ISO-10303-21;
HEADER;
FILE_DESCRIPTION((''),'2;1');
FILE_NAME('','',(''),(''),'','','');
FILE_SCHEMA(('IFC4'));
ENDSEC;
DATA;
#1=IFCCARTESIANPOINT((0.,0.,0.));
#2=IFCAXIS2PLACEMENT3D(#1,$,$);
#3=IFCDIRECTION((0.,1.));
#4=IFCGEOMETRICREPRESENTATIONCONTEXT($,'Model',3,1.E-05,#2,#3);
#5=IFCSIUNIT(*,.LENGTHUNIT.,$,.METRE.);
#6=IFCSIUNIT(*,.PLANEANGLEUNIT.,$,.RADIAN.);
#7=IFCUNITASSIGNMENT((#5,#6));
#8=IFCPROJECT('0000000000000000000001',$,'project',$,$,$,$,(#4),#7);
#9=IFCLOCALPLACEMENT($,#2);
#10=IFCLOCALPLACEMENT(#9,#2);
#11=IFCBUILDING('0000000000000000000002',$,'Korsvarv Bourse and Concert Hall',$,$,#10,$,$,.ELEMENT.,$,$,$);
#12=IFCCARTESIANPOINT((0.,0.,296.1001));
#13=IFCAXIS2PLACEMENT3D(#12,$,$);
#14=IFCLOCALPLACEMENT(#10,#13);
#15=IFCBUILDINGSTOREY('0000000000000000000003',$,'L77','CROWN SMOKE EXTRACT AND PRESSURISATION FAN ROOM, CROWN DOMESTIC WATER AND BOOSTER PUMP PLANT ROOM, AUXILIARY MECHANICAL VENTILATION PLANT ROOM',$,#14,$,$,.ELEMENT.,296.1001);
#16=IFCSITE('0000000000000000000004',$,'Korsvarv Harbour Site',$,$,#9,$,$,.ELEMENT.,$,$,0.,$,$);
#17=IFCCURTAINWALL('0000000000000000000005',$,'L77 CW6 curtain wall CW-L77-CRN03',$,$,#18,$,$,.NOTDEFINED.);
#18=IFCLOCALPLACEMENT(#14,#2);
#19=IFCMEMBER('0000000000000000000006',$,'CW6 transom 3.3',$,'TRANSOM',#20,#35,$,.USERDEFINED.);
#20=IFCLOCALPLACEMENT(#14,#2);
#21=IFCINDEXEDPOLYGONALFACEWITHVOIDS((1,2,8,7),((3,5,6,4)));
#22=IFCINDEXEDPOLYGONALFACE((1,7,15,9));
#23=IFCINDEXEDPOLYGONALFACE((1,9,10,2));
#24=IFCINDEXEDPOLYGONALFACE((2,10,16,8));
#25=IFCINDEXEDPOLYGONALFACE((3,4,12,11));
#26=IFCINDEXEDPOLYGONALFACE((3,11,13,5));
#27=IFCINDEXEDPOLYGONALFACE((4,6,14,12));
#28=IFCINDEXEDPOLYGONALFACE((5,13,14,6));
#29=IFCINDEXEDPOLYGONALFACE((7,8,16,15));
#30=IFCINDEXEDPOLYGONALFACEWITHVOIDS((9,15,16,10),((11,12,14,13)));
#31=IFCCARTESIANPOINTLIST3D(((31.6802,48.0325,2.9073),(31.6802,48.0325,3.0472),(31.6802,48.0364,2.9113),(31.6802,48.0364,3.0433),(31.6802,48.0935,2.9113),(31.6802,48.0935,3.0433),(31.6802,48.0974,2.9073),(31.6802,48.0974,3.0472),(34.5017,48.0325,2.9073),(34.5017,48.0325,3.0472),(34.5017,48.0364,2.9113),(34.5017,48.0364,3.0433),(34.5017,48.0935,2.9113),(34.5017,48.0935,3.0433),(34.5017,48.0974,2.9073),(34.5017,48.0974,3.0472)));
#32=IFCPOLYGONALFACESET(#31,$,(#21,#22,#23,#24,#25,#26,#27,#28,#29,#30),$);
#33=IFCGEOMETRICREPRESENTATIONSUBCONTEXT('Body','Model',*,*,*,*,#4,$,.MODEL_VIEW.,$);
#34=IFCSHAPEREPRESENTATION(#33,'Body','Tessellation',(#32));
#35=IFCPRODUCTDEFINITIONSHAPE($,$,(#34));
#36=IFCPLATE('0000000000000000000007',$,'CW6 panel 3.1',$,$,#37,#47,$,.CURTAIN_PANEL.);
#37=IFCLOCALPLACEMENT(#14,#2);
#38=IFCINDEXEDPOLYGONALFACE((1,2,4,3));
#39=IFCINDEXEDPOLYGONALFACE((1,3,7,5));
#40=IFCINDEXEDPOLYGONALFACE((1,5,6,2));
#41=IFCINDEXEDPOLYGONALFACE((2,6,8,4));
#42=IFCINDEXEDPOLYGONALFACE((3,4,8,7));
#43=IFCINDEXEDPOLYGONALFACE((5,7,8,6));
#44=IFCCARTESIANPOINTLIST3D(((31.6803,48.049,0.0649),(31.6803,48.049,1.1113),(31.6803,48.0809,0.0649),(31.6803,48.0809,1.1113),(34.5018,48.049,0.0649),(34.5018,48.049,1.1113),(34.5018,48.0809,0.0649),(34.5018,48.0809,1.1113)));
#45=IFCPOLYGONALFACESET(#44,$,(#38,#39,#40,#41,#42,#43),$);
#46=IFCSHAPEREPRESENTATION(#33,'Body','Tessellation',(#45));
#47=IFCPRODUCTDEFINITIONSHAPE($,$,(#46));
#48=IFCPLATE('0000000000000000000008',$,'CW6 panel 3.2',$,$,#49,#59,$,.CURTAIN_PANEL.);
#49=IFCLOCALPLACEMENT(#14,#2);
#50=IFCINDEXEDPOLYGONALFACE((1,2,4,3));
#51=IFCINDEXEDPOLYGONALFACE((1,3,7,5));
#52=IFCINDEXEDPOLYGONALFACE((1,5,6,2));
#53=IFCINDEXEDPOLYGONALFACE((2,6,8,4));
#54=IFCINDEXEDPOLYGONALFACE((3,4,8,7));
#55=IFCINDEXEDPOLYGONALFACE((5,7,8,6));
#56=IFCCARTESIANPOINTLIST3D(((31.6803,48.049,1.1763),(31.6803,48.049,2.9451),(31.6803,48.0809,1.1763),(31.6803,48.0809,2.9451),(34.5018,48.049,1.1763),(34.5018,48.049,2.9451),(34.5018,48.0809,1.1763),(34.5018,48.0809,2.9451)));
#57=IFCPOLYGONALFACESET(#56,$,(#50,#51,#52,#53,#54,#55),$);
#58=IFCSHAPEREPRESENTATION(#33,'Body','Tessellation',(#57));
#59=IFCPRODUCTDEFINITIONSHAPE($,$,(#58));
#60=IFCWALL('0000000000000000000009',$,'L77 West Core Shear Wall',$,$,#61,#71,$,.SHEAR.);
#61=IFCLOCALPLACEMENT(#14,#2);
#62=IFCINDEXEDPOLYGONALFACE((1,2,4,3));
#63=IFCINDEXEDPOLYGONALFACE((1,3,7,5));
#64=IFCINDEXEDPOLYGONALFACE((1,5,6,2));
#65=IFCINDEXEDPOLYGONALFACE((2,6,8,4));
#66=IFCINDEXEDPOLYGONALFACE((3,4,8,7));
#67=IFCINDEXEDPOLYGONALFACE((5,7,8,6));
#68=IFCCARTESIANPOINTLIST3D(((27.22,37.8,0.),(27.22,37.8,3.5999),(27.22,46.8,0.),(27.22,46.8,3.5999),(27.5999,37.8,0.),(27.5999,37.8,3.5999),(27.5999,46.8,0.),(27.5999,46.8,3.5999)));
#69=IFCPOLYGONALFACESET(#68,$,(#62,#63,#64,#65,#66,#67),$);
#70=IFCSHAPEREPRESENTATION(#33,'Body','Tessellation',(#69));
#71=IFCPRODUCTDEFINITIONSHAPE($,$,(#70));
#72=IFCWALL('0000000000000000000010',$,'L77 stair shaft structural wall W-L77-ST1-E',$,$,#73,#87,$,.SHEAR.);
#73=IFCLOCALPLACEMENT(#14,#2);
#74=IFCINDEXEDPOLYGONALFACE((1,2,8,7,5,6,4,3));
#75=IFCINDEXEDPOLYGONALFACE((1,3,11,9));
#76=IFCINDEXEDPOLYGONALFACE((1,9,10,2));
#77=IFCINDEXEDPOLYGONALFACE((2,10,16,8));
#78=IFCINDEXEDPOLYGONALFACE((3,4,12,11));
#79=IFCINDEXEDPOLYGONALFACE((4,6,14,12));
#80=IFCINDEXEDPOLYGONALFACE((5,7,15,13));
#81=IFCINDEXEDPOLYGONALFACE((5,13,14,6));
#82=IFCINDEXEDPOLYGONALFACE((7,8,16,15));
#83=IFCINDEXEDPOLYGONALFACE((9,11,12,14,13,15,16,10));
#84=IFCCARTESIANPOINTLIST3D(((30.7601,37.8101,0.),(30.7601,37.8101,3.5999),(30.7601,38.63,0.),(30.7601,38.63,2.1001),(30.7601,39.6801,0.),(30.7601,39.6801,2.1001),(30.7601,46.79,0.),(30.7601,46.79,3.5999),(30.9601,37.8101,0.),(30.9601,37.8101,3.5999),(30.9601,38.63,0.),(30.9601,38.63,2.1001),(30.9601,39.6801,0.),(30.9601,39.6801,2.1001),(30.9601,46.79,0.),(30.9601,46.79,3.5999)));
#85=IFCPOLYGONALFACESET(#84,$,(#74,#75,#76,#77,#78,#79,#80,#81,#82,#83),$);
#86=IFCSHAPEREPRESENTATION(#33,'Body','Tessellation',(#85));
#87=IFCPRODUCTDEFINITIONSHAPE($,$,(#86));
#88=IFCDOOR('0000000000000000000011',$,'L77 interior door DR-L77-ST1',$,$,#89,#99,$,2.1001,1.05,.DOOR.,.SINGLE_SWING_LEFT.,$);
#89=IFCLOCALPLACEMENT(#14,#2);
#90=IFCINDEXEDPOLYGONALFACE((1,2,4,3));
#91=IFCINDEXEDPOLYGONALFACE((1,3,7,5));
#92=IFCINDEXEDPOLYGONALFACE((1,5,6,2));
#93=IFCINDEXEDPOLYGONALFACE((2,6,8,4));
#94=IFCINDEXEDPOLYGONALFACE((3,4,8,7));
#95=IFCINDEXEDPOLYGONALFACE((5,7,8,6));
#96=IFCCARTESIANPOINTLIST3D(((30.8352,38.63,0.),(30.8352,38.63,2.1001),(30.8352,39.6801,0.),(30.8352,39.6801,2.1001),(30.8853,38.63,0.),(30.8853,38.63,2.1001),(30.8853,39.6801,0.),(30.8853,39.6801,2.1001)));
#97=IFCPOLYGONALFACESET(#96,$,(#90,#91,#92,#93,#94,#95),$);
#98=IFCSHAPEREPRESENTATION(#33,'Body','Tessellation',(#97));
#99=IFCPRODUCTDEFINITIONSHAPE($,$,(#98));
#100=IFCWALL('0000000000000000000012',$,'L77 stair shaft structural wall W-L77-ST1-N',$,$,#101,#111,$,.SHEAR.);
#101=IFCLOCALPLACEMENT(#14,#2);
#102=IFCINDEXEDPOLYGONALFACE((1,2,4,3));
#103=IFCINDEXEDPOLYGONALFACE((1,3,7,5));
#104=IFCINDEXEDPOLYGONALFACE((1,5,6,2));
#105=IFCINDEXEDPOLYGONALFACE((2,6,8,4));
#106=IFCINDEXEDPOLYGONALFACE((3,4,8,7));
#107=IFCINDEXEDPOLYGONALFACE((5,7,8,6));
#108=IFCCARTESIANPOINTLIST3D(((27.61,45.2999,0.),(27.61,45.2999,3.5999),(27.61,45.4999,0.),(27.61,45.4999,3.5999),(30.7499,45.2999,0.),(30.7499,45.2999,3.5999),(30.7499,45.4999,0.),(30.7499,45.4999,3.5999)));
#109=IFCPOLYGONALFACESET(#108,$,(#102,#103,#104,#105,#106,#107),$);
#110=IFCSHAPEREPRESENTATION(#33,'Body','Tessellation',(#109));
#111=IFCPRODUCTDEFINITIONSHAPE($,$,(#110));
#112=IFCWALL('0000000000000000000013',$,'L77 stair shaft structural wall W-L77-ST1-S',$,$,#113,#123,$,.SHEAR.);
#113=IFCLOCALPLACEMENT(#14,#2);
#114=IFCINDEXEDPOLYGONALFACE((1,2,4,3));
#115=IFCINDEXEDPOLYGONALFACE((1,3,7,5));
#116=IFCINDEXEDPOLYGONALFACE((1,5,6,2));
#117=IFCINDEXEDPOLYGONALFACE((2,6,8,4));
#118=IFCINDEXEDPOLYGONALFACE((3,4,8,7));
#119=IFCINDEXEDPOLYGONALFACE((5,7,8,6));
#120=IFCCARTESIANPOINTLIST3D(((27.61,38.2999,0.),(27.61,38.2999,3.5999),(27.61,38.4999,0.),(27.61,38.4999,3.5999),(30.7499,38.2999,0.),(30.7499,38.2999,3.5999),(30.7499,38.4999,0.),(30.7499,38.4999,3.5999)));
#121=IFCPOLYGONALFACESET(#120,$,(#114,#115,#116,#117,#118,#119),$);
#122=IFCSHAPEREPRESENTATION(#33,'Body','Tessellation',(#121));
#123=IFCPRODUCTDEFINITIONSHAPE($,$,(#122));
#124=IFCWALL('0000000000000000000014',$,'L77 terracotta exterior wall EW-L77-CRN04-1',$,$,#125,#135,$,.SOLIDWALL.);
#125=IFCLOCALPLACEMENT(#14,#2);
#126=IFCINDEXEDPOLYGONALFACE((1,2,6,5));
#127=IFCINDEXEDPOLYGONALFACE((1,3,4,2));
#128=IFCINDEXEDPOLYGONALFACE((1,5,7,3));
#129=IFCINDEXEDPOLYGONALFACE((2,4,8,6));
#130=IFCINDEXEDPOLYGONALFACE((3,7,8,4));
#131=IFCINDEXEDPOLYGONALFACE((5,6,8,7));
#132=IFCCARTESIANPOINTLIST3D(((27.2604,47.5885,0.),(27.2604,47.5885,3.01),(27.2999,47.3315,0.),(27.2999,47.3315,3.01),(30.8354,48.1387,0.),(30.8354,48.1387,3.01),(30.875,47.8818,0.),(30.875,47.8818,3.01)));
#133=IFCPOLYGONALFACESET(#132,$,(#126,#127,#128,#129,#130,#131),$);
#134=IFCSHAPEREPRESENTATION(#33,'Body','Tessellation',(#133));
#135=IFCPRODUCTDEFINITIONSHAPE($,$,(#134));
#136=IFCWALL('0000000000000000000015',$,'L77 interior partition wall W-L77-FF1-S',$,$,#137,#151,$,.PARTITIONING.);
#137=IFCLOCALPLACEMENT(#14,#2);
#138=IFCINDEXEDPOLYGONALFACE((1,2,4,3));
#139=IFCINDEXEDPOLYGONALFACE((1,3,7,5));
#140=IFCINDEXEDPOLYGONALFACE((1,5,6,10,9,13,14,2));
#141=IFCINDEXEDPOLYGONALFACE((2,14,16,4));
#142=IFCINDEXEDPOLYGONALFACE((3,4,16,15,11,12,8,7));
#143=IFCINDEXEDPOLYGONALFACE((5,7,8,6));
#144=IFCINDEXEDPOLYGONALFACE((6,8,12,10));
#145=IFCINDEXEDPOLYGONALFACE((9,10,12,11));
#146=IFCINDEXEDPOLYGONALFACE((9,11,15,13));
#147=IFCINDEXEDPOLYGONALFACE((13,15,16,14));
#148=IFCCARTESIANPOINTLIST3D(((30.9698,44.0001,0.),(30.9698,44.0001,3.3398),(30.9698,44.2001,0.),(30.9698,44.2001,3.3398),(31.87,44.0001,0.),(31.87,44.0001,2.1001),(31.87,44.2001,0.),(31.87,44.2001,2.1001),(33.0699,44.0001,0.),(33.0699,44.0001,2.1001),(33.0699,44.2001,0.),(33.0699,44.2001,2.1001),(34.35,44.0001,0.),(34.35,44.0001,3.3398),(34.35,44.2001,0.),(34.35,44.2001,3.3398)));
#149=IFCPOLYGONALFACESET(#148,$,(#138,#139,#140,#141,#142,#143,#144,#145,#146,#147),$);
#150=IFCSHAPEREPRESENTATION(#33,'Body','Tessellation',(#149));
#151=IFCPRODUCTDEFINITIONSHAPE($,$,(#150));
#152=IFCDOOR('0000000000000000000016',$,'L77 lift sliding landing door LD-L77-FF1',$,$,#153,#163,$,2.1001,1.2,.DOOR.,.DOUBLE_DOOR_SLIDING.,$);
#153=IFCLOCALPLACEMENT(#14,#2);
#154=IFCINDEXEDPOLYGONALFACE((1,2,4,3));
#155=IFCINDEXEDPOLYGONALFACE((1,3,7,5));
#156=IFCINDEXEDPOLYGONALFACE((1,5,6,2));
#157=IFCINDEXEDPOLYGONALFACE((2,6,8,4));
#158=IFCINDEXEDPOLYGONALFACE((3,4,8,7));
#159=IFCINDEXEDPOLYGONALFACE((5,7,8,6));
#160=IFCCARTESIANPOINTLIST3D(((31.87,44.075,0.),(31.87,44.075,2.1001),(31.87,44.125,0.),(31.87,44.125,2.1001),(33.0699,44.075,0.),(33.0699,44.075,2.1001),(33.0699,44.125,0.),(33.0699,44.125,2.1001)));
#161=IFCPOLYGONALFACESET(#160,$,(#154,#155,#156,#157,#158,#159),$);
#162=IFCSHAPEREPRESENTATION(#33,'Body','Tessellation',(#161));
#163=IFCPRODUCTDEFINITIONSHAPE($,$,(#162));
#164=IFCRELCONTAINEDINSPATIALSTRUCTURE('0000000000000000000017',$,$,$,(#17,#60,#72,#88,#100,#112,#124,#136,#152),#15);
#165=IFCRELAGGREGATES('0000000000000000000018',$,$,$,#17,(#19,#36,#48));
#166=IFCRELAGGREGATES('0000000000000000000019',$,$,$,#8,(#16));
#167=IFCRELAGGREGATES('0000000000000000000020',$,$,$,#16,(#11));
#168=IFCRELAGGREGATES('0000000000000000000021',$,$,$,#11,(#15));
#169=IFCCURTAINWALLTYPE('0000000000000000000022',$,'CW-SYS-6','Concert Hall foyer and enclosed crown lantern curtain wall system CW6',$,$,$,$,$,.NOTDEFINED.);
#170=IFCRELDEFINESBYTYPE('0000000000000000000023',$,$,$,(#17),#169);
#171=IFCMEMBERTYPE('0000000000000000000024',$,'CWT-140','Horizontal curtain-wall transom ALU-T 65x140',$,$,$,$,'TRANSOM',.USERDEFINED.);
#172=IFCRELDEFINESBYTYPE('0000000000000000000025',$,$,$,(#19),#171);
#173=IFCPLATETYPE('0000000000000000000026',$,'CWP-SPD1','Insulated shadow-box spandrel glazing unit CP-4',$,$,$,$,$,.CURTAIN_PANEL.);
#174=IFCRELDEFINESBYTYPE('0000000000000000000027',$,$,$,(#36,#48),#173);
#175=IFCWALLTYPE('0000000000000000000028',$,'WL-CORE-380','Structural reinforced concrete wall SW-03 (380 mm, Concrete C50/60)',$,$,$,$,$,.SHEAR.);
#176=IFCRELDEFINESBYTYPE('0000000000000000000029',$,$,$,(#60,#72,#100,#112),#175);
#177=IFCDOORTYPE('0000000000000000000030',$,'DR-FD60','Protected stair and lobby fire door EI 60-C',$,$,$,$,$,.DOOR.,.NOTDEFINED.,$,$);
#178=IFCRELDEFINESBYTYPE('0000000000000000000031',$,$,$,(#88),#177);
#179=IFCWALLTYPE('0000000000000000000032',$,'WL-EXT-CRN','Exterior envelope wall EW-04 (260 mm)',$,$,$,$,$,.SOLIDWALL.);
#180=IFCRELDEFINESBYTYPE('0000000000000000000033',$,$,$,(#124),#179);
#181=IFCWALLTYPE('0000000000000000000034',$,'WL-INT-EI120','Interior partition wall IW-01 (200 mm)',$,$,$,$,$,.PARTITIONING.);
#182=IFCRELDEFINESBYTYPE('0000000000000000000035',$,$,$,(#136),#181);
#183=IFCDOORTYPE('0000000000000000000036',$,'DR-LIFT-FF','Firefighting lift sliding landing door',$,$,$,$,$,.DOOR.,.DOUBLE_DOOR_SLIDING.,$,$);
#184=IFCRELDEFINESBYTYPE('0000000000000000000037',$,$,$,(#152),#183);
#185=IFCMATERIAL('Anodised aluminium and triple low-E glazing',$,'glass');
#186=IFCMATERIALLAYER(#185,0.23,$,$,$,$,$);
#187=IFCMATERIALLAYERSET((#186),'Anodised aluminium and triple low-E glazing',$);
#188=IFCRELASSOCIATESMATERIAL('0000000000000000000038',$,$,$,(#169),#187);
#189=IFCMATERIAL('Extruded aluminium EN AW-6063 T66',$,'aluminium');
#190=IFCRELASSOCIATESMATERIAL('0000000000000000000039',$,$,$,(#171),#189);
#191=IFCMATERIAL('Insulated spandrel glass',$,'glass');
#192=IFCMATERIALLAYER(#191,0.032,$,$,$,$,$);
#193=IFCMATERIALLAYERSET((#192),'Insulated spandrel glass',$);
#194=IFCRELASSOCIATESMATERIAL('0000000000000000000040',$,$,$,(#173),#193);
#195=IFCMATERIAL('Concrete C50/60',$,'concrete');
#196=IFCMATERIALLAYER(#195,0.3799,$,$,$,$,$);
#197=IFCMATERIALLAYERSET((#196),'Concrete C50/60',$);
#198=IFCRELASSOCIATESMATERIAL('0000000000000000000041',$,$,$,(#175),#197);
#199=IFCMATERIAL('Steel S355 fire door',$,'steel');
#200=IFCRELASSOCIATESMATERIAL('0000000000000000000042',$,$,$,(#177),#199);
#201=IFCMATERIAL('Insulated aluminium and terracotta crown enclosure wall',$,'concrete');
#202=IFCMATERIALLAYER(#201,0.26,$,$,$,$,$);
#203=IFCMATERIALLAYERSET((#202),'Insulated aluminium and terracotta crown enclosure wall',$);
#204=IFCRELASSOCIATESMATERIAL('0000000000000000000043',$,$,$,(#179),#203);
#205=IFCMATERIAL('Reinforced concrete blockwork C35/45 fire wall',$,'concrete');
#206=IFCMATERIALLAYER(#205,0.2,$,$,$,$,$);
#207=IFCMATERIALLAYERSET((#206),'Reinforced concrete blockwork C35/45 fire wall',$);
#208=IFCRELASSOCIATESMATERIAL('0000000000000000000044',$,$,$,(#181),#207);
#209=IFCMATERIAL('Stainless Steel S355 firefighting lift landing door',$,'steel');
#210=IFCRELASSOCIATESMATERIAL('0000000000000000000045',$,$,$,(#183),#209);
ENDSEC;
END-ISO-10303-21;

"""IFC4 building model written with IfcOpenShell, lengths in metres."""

from ifc_helpers import new_model, si_unit, direction, frame, frame_2d, origin, origin_2d, place, context, subcontext, project, spatial, rectangle, hollow_rectangle, extrude, source, transform, mapped, material, layer, layer_set, material_profile, profile_set, type_object, element, fill, aggregate, save


model = new_model("IFC4")

# Units and contexts
model_context = context("Model", 3, precision=1e-05, world=origin(), true_north=direction((0.0, 1.0)))
body_context = subcontext(model_context, "Body", "Model", "MODEL_VIEW")
ifc_project = project(units=[si_unit("LENGTHUNIT", "METRE"), si_unit("PLANEANGLEUNIT", "RADIAN")], contexts=[model_context])

# Site, building, storey
site_placement = place(None, origin())
site = spatial("IfcSite", under=ifc_project, at=site_placement, Name="Korsvarv Harbour Site", CompositionType="ELEMENT", RefElevation=0.0)
building_placement = place(site_placement, origin())
building = spatial("IfcBuilding", under=site, at=building_placement, Name="Korsvarv Bourse and Concert Hall", CompositionType="ELEMENT")
storey_placement = place(building_placement, frame((0.0, 0.0, 296.1001)))
storey = spatial("IfcBuildingStorey", under=building, at=storey_placement, Name="L77", Description="CROWN SMOKE EXTRACT AND PRESSURISATION FAN ROOM, CROWN DOMESTIC WATER AND BOOSTER PUMP PLANT ROOM, AUXILIARY MECHANICAL VENTILATION PLANT ROOM", CompositionType="ELEMENT", Elevation=296.1001)

# Shared definitions
ifc_material_1 = material(Name="Concrete C50/60", Category="concrete")

# Curtain wall, member, plates
ifc_material_2 = material(Name="Anodised aluminium and triple low-E glazing", Category="glass")
ifc_layer_1 = layer(ifc_material_2, 0.23)
ifc_layer_set_1 = layer_set([ifc_layer_1], Name="Anodised aluminium and triple low-E glazing")
curtain_wall_type = type_object("IfcCurtainWallType", Name="CW-SYS-6", Description="Concert Hall foyer and enclosed crown lantern curtain wall system CW6", PredefinedType="NOTDEFINED", material=ifc_layer_set_1)
curtain_wall_placement = place(storey_placement, origin())
curtain_wall = element("IfcCurtainWall", 1, at=curtain_wall_placement, inside=storey, type_object=curtain_wall_type, Name="L77 CW6 curtain wall CW-L77-CRN03", PredefinedType="NOTDEFINED")
ifc_material_3 = material(Name="Extruded aluminium EN AW-6063 T66", Category="aluminium")
ifc_material_profile_1 = material_profile(ifc_material_3, hollow_rectangle(XDim=0.0649, YDim=0.1399, WallThickness=0.0039, at=origin_2d()), Name="ALU-T 65x140")
ifc_profile_set_1 = profile_set([ifc_material_profile_1], Name="Extruded aluminium EN AW-6063 T66")
member_type_1 = type_object("IfcMemberType", Name="CWT-140", Description="Horizontal curtain-wall transom ALU-T 65x140", ElementType="TRANSOM", PredefinedType="USERDEFINED", material=ifc_profile_set_1)
shared_shape_1 = source(origin(), body_context, "Body", "SweptSolid", [
    extrude(hollow_rectangle(XDim=0.0649, YDim=0.1399, WallThickness=0.0039, at=origin_2d()), origin(), (0.0, 0.0, 1.0), 2.8215),
])
member_1_placement = place(storey_placement, frame((34.5017, 48.0649, 2.9773), z_axis=(-1.0, 0.0, 0.0), x_axis=(0.0, -1.0, 0.0)))
member_1 = element("IfcMember", 2, at=member_1_placement, type_object=member_type_1, Name="CW6 transom 3.3", ObjectType="TRANSOM", PredefinedType="USERDEFINED", context=body_context, shape_type="MappedRepresentation", body=[
    mapped(shared_shape_1, transform((0.0, 0.0, 0.0), scale=1.0)),
])
ifc_material_4 = material(Name="Insulated spandrel glass", Category="glass")
ifc_layer_2 = layer(ifc_material_4, 0.032)
ifc_layer_set_2 = layer_set([ifc_layer_2], Name="Insulated spandrel glass")
plate_type = type_object("IfcPlateType", Name="CWP-SPD1", Description="Insulated shadow-box spandrel glazing unit CP-4", PredefinedType="CURTAIN_PANEL", material=ifc_layer_set_2)
shared_shape_2 = source(origin(), body_context, "Body", "SweptSolid", [
    extrude(rectangle(XDim=2.8215, YDim=0.032, at=origin_2d()), origin(), (0.0, 0.0, 1.0), 1.0464),
])
plate_1_placement = place(storey_placement, frame((33.0911, 48.0649, 0.0649), z_axis=(0.0, 0.0, 1.0), x_axis=(-1.0, 0.0, 0.0)))
plate_1 = element("IfcPlate", 3, at=plate_1_placement, type_object=plate_type, Name="CW6 panel 3.1", PredefinedType="CURTAIN_PANEL", context=body_context, shape_type="MappedRepresentation", body=[
    mapped(shared_shape_2, transform((0.0, 0.0, 0.0), scale=1.0)),
])
shared_shape_3 = source(origin(), body_context, "Body", "SweptSolid", [
    extrude(rectangle(XDim=2.8215, YDim=0.032, at=origin_2d()), origin(), (0.0, 0.0, 1.0), 1.7688),
])
plate_2_placement = place(storey_placement, frame((33.0911, 48.0649, 1.1763), z_axis=(0.0, 0.0, 1.0), x_axis=(-1.0, 0.0, 0.0)))
plate_2 = element("IfcPlate", 4, at=plate_2_placement, type_object=plate_type, Name="CW6 panel 3.2", PredefinedType="CURTAIN_PANEL", context=body_context, shape_type="MappedRepresentation", body=[
    mapped(shared_shape_3, transform((0.0, 0.0, 0.0), scale=1.0)),
])
aggregate(curtain_wall, [member_1, plate_1, plate_2])

# Wall
ifc_layer_3 = layer(ifc_material_1, 0.3799)
ifc_layer_set_3 = layer_set([ifc_layer_3], Name="Concrete C50/60")
wall_type_1 = type_object("IfcWallType", Name="WL-CORE-380", Description="Structural reinforced concrete wall SW-03 (380 mm, Concrete C50/60)", PredefinedType="SHEAR", material=ifc_layer_set_3)
wall_1_placement = place(storey_placement, frame((27.4099, 37.8, 0.0), z_axis=(0.0, 0.0, 1.0), x_axis=(0.0, 1.0, 0.0)))
element("IfcWall", 5, at=wall_1_placement, inside=storey, type_object=wall_type_1, Name="L77 West Core Shear Wall", PredefinedType="SHEAR", context=body_context, shape_type="SweptSolid", body=[
    extrude(rectangle(XDim=9.0, YDim=0.3799, at=frame_2d((4.5, 0.0))), origin(), (0.0, 0.0, 1.0), 3.5999),
])

# Wall, opening, door
wall_2_placement = place(storey_placement, frame((30.8601, 37.8101, 0.0), z_axis=(0.0, 0.0, 1.0), x_axis=(0.0, 1.0, 0.0)))
wall_2 = element("IfcWall", 6, at=wall_2_placement, inside=storey, type_object=wall_type_1, Name="L77 stair shaft structural wall W-L77-ST1-E", PredefinedType="SHEAR", context=body_context, shape_type="SweptSolid", body=[
    extrude(rectangle(XDim=8.98, YDim=0.2, at=frame_2d((4.49, 0.0))), origin(), (0.0, 0.0, 1.0), 3.5999),
])
opening_1_placement = place(wall_2_placement, frame((0.8201, 0.0, 0.0)))
opening_1 = element("IfcOpeningElement", 7, at=opening_1_placement, cuts=wall_2, PredefinedType="OPENING", context=body_context, shape_type="SweptSolid", body=[
    extrude(rectangle(XDim=1.05, YDim=2.1001, at=frame_2d((0.5249, 1.05))), frame((0.0, 0.1099, 0.0), z_axis=(0.0, -1.0, 0.0), x_axis=(1.0, 0.0, 0.0)), (0.0, 0.0, 1.0), 0.22),
])
ifc_material_5 = material(Name="Steel S355 fire door", Category="steel")
door_type_1 = type_object("IfcDoorType", Name="DR-FD60", Description="Protected stair and lobby fire door EI 60-C", OperationType="NOTDEFINED", PredefinedType="DOOR", material=ifc_material_5)
door_1_placement = place(opening_1_placement, origin())
door_1 = element("IfcDoor", 8, at=door_1_placement, inside=storey, type_object=door_type_1, Name="L77 interior door DR-L77-ST1", OperationType="SINGLE_SWING_LEFT", OverallHeight=2.1001, OverallWidth=1.05, PredefinedType="DOOR", context=body_context, shape_type="SweptSolid", body=[
    extrude(rectangle(XDim=1.05, YDim=2.1001, at=frame_2d((0.5249, 1.05))), frame((0.0, 0.0249, 0.0), z_axis=(0.0, -1.0, 0.0), x_axis=(1.0, 0.0, 0.0)), (0.0, 0.0, 1.0), 0.05),
])
fill(opening_1, door_1)

# Walls
for number, where, z_axis, x_axis, name in (
    (9, (27.6101, 45.3999, 0.0), (0.0, 0.0, 1.0), (1.0, 0.0, 0.0), "L77 stair shaft structural wall W-L77-ST1-N"),
    (10, (27.6101, 38.3999, 0.0), (0.0, 0.0, 1.0), (1.0, 0.0, 0.0), "L77 stair shaft structural wall W-L77-ST1-S"),
):
    element("IfcWall", number, at=place(storey_placement, frame(where, z_axis=z_axis, x_axis=x_axis)), inside=storey, type_object=wall_type_1, Name=name, PredefinedType="SHEAR", context=body_context, shape_type="SweptSolid", body=[
        extrude(rectangle(XDim=3.1399, YDim=0.2, at=frame_2d((1.5698, 0.0))), origin(), (0.0, 0.0, 1.0), 3.5999),
    ])
ifc_material_6 = material(Name="Insulated aluminium and terracotta crown enclosure wall", Category="concrete")
ifc_layer_4 = layer(ifc_material_6, 0.26)
ifc_layer_set_4 = layer_set([ifc_layer_4], Name="Insulated aluminium and terracotta crown enclosure wall")
wall_type_2 = type_object("IfcWallType", Name="WL-EXT-CRN", Description="Exterior envelope wall EW-04 (260 mm)", PredefinedType="SOLIDWALL", material=ifc_layer_set_4)
wall_3_placement = place(storey_placement, frame((30.8552, 48.0103, 0.0), z_axis=(0.0, 0.0, 1.0), x_axis=(-0.988361, -0.152128, 0.0)))
element("IfcWall", 11, at=wall_3_placement, inside=storey, type_object=wall_type_2, Name="L77 terracotta exterior wall EW-L77-CRN04-1", PredefinedType="SOLIDWALL", context=body_context, shape_type="SweptSolid", body=[
    extrude(rectangle(XDim=3.6172, YDim=0.26, at=frame_2d((1.8086, 0.0))), origin(), (0.0, 0.0, 1.0), 3.01),
])

# Wall, opening, door
ifc_material_7 = material(Name="Reinforced concrete blockwork C35/45 fire wall", Category="concrete")
ifc_layer_5 = layer(ifc_material_7, 0.2)
ifc_layer_set_5 = layer_set([ifc_layer_5], Name="Reinforced concrete blockwork C35/45 fire wall")
wall_type_3 = type_object("IfcWallType", Name="WL-INT-EI120", Description="Interior partition wall IW-01 (200 mm)", PredefinedType="PARTITIONING", material=ifc_layer_set_5)
wall_4_placement = place(storey_placement, frame((30.97, 44.1001, 0.0), z_axis=(0.0, 0.0, 1.0), x_axis=(1.0, 0.0, 0.0)))
wall_4 = element("IfcWall", 12, at=wall_4_placement, inside=storey, type_object=wall_type_3, Name="L77 interior partition wall W-L77-FF1-S", PredefinedType="PARTITIONING", context=body_context, shape_type="SweptSolid", body=[
    extrude(rectangle(XDim=3.3801, YDim=0.2, at=frame_2d((1.6899, 0.0))), origin(), (0.0, 0.0, 1.0), 3.3398),
])
opening_2_placement = place(wall_4_placement, frame((0.8999, 0.0, 0.0)))
opening_2 = element("IfcOpeningElement", 13, at=opening_2_placement, cuts=wall_4, PredefinedType="OPENING", context=body_context, shape_type="SweptSolid", body=[
    extrude(rectangle(XDim=1.2, YDim=2.1001, at=frame_2d((0.6001, 1.05))), frame((0.0, 0.1099, 0.0), z_axis=(0.0, -1.0, 0.0), x_axis=(1.0, 0.0, 0.0)), (0.0, 0.0, 1.0), 0.22),
])
ifc_material_8 = material(Name="Stainless Steel S355 firefighting lift landing door", Category="steel")
door_type_2 = type_object("IfcDoorType", Name="DR-LIFT-FF", Description="Firefighting lift sliding landing door", OperationType="DOUBLE_DOOR_SLIDING", PredefinedType="DOOR", material=ifc_material_8)
door_2_placement = place(opening_2_placement, origin())
door_2 = element("IfcDoor", 14, at=door_2_placement, inside=storey, type_object=door_type_2, Name="L77 lift sliding landing door LD-L77-FF1", OperationType="DOUBLE_DOOR_SLIDING", OverallHeight=2.1001, OverallWidth=1.2, PredefinedType="DOOR", context=body_context, shape_type="SweptSolid", body=[
    extrude(rectangle(XDim=1.2, YDim=2.1001, at=frame_2d((0.6001, 1.05))), frame((0.0, 0.0249, 0.0), z_axis=(0.0, -1.0, 0.0), x_axis=(1.0, 0.0, 0.0)), (0.0, 0.0, 1.0), 0.05),
])
fill(opening_2, door_2)

save(model, "model.ifc")
